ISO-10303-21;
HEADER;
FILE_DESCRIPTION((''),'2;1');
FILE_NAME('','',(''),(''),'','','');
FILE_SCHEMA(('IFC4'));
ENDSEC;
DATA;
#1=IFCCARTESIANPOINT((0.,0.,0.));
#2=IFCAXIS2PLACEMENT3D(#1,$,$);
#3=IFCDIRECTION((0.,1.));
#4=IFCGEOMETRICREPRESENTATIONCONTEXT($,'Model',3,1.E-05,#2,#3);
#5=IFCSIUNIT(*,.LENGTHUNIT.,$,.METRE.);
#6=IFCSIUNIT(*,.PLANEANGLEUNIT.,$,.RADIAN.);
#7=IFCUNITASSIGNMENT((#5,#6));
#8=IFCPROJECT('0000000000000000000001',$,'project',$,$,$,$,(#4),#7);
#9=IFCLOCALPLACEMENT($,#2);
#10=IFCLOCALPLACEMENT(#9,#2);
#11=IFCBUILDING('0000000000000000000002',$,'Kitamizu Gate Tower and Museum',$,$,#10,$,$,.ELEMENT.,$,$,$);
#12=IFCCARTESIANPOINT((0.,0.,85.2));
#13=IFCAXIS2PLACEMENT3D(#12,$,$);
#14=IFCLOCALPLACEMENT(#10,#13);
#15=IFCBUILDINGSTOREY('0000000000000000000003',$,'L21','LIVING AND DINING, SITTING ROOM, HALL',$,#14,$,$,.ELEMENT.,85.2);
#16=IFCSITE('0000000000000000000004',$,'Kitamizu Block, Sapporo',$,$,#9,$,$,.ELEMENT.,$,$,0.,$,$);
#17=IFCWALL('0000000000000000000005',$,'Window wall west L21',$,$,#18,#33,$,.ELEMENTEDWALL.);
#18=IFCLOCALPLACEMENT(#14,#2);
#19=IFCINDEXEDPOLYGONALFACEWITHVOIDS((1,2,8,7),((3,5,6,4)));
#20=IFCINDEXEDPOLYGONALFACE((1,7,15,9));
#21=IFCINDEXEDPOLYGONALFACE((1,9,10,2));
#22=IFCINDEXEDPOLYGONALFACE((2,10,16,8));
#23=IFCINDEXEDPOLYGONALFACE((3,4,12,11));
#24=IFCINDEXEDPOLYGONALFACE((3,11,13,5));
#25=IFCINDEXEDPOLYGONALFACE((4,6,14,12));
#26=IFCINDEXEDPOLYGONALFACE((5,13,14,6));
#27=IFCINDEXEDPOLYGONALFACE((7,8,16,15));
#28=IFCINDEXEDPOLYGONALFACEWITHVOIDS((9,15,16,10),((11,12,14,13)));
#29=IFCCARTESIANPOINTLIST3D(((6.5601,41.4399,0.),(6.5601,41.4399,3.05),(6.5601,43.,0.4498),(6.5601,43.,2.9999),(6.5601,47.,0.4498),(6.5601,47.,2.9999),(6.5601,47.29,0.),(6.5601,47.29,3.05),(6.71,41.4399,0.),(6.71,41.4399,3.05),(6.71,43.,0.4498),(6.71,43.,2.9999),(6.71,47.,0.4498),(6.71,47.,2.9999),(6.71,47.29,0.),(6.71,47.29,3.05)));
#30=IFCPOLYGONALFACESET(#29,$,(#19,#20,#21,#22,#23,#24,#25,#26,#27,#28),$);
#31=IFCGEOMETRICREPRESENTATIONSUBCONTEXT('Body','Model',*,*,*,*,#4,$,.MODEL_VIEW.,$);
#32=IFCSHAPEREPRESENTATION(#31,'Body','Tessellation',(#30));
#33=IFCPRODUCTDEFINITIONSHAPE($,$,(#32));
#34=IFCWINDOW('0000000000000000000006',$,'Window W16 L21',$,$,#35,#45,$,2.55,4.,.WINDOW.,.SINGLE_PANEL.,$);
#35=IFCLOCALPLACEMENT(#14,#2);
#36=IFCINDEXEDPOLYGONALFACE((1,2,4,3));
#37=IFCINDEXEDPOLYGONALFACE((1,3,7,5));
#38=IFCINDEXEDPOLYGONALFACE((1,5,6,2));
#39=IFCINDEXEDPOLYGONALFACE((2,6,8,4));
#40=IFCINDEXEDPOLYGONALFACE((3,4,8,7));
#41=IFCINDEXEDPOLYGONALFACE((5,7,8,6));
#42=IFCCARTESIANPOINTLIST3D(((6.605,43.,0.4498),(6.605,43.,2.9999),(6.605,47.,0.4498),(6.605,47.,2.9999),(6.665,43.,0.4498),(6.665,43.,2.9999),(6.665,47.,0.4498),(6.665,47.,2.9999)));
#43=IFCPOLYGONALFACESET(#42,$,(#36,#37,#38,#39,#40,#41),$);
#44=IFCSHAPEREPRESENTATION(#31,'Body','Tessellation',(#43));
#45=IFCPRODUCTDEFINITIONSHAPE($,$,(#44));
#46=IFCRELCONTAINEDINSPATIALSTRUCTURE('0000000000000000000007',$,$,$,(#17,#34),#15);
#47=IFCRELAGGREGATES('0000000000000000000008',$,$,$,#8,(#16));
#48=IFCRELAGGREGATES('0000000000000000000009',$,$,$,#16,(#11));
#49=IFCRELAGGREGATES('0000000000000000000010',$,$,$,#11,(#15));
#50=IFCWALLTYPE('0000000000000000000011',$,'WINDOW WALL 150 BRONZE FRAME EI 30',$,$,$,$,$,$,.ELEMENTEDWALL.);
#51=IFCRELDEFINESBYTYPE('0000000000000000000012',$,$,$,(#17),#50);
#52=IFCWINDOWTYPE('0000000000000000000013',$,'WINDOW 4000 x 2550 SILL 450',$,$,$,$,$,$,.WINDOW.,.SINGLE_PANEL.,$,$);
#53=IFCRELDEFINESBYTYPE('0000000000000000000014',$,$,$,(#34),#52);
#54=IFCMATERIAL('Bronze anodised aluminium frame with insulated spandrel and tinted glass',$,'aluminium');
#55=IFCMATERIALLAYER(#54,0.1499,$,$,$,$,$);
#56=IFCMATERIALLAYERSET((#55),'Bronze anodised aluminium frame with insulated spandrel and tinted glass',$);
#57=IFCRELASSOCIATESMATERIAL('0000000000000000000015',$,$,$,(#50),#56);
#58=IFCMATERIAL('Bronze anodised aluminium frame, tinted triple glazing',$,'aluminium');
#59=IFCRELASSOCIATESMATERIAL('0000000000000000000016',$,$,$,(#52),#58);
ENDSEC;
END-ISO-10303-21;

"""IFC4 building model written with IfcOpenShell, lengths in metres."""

from ifc_helpers import new_model, si_unit, direction, frame, frame_2d, origin, place, context, subcontext, project, spatial, rectangle, extrude, material, layer, layer_set, type_object, element, fill, save


model = new_model("IFC4")

# Units and contexts
model_context = context("Model", 3, precision=1e-05, world=origin(), true_north=direction((0.0, 1.0)))
body_context = subcontext(model_context, "Body", "Model", "MODEL_VIEW")
ifc_project = project(units=[si_unit("LENGTHUNIT", "METRE"), si_unit("PLANEANGLEUNIT", "RADIAN")], contexts=[model_context])

# Site, building, storey
site_placement = place(None, origin())
site = spatial("IfcSite", under=ifc_project, at=site_placement, Name="Kitamizu Block, Sapporo", CompositionType="ELEMENT", RefElevation=0.0)
building_placement = place(site_placement, origin())
building = spatial("IfcBuilding", under=site, at=building_placement, Name="Kitamizu Gate Tower and Museum", CompositionType="ELEMENT")
storey_placement = place(building_placement, frame((0.0, 0.0, 85.2)))
storey = spatial("IfcBuildingStorey", under=building, at=storey_placement, Name="L21", Description="LIVING AND DINING, SITTING ROOM, HALL", CompositionType="ELEMENT", Elevation=85.2)

# Shared definitions
ifc_material_1 = material(Name="Bronze anodised aluminium frame with insulated spandrel and tinted glass", Category="aluminium")
ifc_layer = layer(ifc_material_1, 0.1499)
ifc_layer_set = layer_set([ifc_layer], Name="Bronze anodised aluminium frame with insulated spandrel and tinted glass")
wall_type = type_object("IfcWallType", Name="WINDOW WALL 150 BRONZE FRAME EI 30", PredefinedType="ELEMENTEDWALL", material=ifc_layer_set)

# Wall, opening, window
wall_1_placement = place(storey_placement, frame((6.635, 41.4399, 0.0), z_axis=(0.0, 0.0, 1.0), x_axis=(0.0, 1.0, 0.0)))
wall_1 = element("IfcWall", 1, at=wall_1_placement, inside=storey, type_object=wall_type, Name="Window wall west L21", PredefinedType="ELEMENTEDWALL", context=body_context, shape_type="SweptSolid", body=[
    extrude(rectangle(XDim=5.8501, YDim=0.1499, at=frame_2d((2.925, 0.0))), origin(), (0.0, 0.0, 1.0), 3.05),
])
opening_1_placement = place(wall_1_placement, frame((1.5601, 0.0, 0.45)))
opening_1 = element("IfcOpeningElement", 2, at=opening_1_placement, cuts=wall_1, PredefinedType="OPENING", context=body_context, shape_type="SweptSolid", body=[
    extrude(rectangle(XDim=4.0, YDim=2.55, at=frame_2d((2.0, 1.2749))), frame((0.0, 0.085, 0.0), z_axis=(0.0, -1.0, 0.0), x_axis=(1.0, 0.0, 0.0)), (0.0, 0.0, 1.0), 0.1699),
])
ifc_material_2 = material(Name="Bronze anodised aluminium frame, tinted triple glazing", Category="aluminium")
window_type_1 = type_object("IfcWindowType", Name="WINDOW 4000 x 2550 SILL 450", PartitioningType="SINGLE_PANEL", PredefinedType="WINDOW", material=ifc_material_2)
window_1_placement = place(opening_1_placement, origin())
window_1 = element("IfcWindow", 3, at=window_1_placement, inside=storey, type_object=window_type_1, Name="Window W16 L21", OverallHeight=2.55, OverallWidth=4.0, PartitioningType="SINGLE_PANEL", PredefinedType="WINDOW", context=body_context, shape_type="SweptSolid", body=[
    extrude(rectangle(XDim=4.0, YDim=2.55, at=frame_2d((2.0, 1.2749))), frame((0.0, 0.03, 0.0), z_axis=(0.0, -1.0, 0.0), x_axis=(1.0, 0.0, 0.0)), (0.0, 0.0, 1.0), 0.0601),
])
fill(opening_1, window_1)

save(model, "model.ifc")
